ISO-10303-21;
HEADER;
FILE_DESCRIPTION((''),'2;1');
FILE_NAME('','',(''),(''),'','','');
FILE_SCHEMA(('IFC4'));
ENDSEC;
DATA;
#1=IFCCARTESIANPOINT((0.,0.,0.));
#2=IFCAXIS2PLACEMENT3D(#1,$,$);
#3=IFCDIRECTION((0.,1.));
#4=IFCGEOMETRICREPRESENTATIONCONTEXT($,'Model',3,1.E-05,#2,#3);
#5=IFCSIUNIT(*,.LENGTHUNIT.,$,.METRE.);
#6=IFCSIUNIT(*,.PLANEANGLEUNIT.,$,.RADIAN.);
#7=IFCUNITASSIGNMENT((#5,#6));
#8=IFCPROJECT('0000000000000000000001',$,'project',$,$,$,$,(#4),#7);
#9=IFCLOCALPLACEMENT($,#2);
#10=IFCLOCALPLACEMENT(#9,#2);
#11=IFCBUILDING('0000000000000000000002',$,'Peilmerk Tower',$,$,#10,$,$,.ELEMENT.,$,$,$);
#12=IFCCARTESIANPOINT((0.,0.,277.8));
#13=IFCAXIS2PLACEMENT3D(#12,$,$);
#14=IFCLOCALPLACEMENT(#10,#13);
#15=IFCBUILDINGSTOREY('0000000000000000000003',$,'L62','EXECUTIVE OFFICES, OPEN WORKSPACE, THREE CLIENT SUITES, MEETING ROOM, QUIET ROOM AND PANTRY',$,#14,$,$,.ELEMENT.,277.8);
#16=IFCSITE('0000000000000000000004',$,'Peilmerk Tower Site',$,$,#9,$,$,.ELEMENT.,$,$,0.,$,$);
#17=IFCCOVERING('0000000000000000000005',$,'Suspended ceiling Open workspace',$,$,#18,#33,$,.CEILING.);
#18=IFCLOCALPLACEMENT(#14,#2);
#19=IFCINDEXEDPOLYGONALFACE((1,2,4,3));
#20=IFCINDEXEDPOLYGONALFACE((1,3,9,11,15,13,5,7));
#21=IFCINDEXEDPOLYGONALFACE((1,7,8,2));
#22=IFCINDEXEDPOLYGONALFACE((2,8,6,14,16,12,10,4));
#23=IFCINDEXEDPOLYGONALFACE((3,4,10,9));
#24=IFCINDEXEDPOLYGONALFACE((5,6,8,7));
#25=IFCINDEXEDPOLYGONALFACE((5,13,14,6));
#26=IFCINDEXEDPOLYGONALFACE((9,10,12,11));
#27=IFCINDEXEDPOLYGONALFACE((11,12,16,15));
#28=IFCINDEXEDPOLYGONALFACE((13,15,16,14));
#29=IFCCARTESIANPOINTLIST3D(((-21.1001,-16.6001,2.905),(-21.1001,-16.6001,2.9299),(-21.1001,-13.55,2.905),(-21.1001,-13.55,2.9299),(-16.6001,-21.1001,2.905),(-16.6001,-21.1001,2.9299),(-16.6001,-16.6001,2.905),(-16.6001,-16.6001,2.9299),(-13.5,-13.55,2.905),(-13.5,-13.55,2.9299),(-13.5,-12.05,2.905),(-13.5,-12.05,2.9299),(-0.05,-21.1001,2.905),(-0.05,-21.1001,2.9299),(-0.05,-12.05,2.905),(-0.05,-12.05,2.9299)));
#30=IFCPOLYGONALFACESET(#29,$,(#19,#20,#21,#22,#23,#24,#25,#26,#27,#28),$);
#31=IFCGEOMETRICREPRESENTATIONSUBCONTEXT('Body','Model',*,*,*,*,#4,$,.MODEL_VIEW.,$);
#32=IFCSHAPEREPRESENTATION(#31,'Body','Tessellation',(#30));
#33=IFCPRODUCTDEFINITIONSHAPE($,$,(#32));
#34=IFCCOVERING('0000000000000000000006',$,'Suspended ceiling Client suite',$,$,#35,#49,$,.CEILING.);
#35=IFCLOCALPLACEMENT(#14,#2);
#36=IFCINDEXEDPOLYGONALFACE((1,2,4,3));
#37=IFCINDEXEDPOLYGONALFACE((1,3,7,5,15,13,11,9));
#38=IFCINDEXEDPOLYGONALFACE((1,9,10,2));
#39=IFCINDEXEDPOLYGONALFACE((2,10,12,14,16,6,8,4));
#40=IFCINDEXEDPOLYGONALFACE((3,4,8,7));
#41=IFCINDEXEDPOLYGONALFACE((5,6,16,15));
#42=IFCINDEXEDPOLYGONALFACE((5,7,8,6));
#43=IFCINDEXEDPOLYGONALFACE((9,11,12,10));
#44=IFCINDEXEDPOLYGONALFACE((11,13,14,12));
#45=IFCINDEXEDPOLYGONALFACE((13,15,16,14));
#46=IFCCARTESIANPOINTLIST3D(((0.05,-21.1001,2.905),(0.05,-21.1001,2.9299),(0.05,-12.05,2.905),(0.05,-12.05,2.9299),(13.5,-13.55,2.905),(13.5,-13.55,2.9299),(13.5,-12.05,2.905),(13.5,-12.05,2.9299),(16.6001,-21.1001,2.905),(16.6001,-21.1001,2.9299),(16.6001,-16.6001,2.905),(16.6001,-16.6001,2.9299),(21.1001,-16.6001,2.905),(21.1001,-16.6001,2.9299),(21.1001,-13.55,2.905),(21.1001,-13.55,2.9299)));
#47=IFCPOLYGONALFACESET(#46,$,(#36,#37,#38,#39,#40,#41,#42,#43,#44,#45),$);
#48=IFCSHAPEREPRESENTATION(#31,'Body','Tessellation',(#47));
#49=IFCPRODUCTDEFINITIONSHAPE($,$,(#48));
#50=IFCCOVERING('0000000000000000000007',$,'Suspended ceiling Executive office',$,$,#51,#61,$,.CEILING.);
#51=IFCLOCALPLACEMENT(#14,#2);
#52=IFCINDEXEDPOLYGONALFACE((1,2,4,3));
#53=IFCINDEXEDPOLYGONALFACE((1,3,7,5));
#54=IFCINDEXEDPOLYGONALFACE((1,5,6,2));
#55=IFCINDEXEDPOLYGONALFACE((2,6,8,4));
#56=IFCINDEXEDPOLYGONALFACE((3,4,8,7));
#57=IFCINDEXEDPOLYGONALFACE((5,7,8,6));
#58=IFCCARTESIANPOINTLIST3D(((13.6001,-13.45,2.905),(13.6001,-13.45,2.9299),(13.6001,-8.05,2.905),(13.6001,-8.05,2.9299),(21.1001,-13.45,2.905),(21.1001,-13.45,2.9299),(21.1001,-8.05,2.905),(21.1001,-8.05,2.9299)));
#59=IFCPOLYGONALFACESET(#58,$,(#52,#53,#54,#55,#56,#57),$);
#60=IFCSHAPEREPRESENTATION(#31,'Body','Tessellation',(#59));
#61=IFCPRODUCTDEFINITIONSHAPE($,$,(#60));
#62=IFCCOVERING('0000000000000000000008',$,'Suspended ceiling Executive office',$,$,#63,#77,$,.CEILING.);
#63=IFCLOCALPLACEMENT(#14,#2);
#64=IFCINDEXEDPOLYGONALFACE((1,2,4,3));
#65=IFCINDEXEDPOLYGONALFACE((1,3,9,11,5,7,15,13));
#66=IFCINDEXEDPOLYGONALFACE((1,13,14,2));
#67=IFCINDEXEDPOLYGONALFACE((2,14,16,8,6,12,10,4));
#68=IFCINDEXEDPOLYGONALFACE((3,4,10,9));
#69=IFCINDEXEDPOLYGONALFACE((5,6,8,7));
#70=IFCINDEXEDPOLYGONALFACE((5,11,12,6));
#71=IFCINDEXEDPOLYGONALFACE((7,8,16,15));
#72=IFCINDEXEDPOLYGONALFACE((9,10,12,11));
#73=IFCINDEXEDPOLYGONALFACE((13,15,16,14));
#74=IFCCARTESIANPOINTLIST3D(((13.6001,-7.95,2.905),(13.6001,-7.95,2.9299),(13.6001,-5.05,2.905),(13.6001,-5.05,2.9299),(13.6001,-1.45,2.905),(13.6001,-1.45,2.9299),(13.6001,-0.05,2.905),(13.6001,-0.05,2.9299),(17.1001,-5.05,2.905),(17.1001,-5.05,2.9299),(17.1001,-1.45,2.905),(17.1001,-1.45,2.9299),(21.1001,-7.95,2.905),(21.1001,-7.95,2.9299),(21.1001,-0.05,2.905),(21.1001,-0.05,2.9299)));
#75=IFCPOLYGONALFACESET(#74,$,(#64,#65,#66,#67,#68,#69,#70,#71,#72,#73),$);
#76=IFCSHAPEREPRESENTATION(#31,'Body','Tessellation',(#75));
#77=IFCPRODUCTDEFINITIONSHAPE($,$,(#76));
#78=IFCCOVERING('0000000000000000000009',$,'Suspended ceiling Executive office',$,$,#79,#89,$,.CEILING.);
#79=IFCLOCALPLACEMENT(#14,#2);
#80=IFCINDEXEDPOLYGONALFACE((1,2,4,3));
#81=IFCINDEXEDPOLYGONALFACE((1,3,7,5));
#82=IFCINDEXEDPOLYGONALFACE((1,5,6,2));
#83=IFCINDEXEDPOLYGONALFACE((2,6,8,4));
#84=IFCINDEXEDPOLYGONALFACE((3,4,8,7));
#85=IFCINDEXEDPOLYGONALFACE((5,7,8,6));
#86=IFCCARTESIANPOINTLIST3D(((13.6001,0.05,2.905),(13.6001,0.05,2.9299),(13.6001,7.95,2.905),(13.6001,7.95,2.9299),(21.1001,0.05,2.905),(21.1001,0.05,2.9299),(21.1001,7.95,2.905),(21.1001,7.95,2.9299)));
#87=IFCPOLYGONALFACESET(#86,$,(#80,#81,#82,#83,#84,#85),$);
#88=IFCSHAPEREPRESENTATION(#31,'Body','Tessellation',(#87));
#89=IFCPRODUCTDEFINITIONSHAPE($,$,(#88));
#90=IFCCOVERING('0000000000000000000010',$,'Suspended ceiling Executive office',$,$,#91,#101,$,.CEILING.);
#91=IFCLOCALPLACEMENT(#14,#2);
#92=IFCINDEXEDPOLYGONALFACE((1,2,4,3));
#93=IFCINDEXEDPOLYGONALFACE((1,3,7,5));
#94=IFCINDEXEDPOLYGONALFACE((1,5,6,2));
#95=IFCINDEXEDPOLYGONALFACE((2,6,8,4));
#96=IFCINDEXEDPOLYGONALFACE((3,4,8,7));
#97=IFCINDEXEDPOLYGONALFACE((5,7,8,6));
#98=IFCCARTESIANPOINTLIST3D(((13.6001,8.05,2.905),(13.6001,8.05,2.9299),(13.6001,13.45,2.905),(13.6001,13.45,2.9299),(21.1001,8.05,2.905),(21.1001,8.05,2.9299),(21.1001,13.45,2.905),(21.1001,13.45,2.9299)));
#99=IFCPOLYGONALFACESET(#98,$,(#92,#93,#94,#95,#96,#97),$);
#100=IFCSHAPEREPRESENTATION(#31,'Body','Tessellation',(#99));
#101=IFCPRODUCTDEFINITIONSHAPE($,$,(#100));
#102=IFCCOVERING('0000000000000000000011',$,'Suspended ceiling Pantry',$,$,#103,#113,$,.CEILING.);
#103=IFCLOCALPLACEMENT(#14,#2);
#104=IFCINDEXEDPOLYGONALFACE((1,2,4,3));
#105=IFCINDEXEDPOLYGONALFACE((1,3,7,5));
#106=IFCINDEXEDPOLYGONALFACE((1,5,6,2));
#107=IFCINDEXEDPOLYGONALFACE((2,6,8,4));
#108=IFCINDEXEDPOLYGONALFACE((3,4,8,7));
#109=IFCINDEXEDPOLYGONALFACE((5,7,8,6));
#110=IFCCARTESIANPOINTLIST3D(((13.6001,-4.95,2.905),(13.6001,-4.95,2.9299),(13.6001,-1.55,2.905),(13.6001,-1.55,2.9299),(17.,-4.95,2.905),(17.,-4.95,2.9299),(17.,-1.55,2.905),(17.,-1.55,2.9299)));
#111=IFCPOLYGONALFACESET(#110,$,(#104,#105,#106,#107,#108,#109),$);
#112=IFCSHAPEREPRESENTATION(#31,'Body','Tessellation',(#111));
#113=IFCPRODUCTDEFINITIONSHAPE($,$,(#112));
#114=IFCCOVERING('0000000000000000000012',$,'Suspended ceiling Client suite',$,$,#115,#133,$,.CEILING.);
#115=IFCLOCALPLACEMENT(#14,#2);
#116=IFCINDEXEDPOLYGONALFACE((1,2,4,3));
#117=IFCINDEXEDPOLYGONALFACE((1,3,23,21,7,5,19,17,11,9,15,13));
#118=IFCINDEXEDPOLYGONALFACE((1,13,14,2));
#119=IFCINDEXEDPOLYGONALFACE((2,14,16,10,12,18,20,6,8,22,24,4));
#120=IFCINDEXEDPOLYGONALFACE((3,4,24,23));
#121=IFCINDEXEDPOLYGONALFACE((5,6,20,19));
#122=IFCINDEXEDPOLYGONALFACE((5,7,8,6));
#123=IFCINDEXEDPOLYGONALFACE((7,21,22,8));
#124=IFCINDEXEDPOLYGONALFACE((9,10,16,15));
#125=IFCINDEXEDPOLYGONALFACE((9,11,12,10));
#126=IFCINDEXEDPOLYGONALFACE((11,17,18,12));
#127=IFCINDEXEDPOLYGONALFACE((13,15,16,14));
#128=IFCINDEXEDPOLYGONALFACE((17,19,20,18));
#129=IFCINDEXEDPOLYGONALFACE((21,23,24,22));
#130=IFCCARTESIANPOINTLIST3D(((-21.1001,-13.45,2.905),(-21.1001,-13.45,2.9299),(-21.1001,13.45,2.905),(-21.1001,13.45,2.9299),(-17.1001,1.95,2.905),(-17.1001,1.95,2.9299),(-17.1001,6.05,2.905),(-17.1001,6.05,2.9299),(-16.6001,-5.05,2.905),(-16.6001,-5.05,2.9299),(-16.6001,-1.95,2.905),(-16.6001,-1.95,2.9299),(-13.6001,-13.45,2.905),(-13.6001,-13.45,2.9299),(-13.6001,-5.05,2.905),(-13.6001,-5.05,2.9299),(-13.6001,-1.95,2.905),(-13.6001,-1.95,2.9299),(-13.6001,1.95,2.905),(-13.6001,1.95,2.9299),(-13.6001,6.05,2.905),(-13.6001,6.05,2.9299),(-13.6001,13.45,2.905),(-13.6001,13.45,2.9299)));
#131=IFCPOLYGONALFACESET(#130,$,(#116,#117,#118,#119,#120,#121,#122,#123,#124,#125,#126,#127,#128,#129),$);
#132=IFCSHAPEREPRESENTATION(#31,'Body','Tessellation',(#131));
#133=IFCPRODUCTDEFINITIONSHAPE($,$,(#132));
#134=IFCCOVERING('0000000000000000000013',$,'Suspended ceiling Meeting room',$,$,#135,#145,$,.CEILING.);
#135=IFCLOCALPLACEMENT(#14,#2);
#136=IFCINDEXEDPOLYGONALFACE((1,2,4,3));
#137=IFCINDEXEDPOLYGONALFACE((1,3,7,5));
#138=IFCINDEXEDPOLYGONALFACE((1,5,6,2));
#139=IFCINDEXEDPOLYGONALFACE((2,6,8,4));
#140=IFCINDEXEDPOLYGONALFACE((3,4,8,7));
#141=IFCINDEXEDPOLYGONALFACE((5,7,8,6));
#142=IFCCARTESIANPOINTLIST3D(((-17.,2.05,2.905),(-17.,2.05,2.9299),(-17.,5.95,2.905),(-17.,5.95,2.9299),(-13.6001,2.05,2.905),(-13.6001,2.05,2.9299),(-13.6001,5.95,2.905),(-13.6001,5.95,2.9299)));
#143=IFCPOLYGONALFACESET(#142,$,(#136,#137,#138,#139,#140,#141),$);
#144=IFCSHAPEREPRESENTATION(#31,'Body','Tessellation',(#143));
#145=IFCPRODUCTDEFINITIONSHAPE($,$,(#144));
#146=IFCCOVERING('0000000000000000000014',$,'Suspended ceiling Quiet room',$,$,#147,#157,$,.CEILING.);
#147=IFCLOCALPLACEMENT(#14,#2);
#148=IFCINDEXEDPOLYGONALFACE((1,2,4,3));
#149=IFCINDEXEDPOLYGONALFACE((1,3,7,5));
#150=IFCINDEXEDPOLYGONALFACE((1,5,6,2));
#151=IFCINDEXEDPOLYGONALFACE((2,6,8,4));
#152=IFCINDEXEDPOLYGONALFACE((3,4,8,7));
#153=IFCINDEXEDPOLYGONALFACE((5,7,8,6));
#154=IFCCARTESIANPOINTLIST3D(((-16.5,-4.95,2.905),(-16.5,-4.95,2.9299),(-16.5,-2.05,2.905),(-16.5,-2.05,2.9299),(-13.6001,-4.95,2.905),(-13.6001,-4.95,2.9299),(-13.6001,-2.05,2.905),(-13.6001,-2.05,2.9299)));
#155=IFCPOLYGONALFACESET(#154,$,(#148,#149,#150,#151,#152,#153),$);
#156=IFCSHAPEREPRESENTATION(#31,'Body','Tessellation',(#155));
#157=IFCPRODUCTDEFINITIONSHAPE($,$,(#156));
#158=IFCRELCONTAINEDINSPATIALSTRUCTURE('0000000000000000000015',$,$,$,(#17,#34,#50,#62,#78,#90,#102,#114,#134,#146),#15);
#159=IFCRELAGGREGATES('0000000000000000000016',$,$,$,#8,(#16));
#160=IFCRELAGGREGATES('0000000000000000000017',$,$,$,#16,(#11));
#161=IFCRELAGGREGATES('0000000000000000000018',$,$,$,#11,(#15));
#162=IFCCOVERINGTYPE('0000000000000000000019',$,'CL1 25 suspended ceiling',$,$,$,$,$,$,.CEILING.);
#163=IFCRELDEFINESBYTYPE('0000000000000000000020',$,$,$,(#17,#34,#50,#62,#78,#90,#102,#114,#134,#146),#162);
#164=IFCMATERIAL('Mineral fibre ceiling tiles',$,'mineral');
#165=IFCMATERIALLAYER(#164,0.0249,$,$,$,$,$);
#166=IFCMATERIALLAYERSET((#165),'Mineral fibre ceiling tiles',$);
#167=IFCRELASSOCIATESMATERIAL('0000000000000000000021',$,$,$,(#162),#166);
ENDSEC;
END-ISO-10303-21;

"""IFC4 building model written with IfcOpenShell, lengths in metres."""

from ifc_helpers import new_model, si_unit, direction, frame, origin, place, context, subcontext, project, spatial, polyline, outline, extrude, material, layer, layer_set, type_object, element, save


model = new_model("IFC4")

# Units and contexts
model_context = context("Model", 3, precision=1e-05, world=origin(), true_north=direction((0.0, 1.0)))
body_context = subcontext(model_context, "Body", "Model", "MODEL_VIEW")
ifc_project = project(units=[si_unit("LENGTHUNIT", "METRE"), si_unit("PLANEANGLEUNIT", "RADIAN")], contexts=[model_context])

# Site, building, storey
site_placement = place(None, origin())
site = spatial("IfcSite", under=ifc_project, at=site_placement, Name="Peilmerk Tower Site", CompositionType="ELEMENT", RefElevation=0.0)
building_placement = place(site_placement, origin())
building = spatial("IfcBuilding", under=site, at=building_placement, Name="Peilmerk Tower", CompositionType="ELEMENT")
storey_placement = place(building_placement, frame((0.0, 0.0, 277.8)))
storey = spatial("IfcBuildingStorey", under=building, at=storey_placement, Name="L62", Description="EXECUTIVE OFFICES, OPEN WORKSPACE, THREE CLIENT SUITES, MEETING ROOM, QUIET ROOM AND PANTRY", CompositionType="ELEMENT", Elevation=277.8)

# Coverings
ifc_material_1 = material(Name="Mineral fibre ceiling tiles", Category="mineral")
ifc_layer_1 = layer(ifc_material_1, 0.0249)
ifc_layer_set_1 = layer_set([ifc_layer_1], Name="Mineral fibre ceiling tiles")
covering_type = type_object("IfcCoveringType", Name="CL1 25 suspended ceiling", PredefinedType="CEILING", material=ifc_layer_set_1)
covering_1_placement = place(storey_placement, frame((0.0, 0.0, 2.905)))
element("IfcCovering", 1, at=covering_1_placement, inside=storey, type_object=covering_type, Name="Suspended ceiling Open workspace", PredefinedType="CEILING", context=body_context, shape_type="SweptSolid", body=[
    extrude(outline(polyline([(-16.6001, -21.1001), (-0.05, -21.1001), (-0.05, -12.05), (-13.5, -12.05), (-13.5, -13.55), (-21.1001, -13.55), (-21.1001, -16.6001), (-16.6001, -16.6001), (-16.6001, -21.1001)])), origin(), (0.0, 0.0, 1.0), 0.0249),
])
covering_2_placement = place(storey_placement, frame((0.0, 0.0, 2.905)))
element("IfcCovering", 2, at=covering_2_placement, inside=storey, type_object=covering_type, Name="Suspended ceiling Client suite", PredefinedType="CEILING", context=body_context, shape_type="SweptSolid", body=[
    extrude(outline(polyline([(0.05, -21.1001), (16.6001, -21.1001), (16.6001, -16.6001), (21.1001, -16.6001), (21.1001, -13.55), (13.5, -13.55), (13.5, -12.05), (0.05, -12.05), (0.05, -21.1001)])), origin(), (0.0, 0.0, 1.0), 0.0249),
])
covering_3_placement = place(storey_placement, frame((0.0, 0.0, 2.905)))
element("IfcCovering", 3, at=covering_3_placement, inside=storey, type_object=covering_type, Name="Suspended ceiling Executive office", PredefinedType="CEILING", context=body_context, shape_type="SweptSolid", body=[
    extrude(outline(polyline([(21.1001, -13.45), (21.1001, -8.05), (13.6001, -8.05), (13.6001, -13.45), (21.1001, -13.45)])), origin(), (0.0, 0.0, 1.0), 0.0249),
])
covering_4_placement = place(storey_placement, frame((0.0, 0.0, 2.905)))
element("IfcCovering", 4, at=covering_4_placement, inside=storey, type_object=covering_type, Name="Suspended ceiling Executive office", PredefinedType="CEILING", context=body_context, shape_type="SweptSolid", body=[
    extrude(outline(polyline([(13.6001, -7.95), (21.1001, -7.95), (21.1001, -0.05), (13.6001, -0.05), (13.6001, -1.45), (17.1001, -1.45), (17.1001, -5.05), (13.6001, -5.05), (13.6001, -7.95)])), origin(), (0.0, 0.0, 1.0), 0.0249),
])
covering_5_placement = place(storey_placement, frame((0.0, 0.0, 2.905)))
element("IfcCovering", 5, at=covering_5_placement, inside=storey, type_object=covering_type, Name="Suspended ceiling Executive office", PredefinedType="CEILING", context=body_context, shape_type="SweptSolid", body=[
    extrude(outline(polyline([(21.1001, 0.05), (21.1001, 7.95), (13.6001, 7.95), (13.6001, 0.05), (21.1001, 0.05)])), origin(), (0.0, 0.0, 1.0), 0.0249),
])
covering_6_placement = place(storey_placement, frame((0.0, 0.0, 2.905)))
element("IfcCovering", 6, at=covering_6_placement, inside=storey, type_object=covering_type, Name="Suspended ceiling Executive office", PredefinedType="CEILING", context=body_context, shape_type="SweptSolid", body=[
    extrude(outline(polyline([(21.1001, 8.05), (21.1001, 13.45), (13.6001, 13.45), (13.6001, 8.05), (21.1001, 8.05)])), origin(), (0.0, 0.0, 1.0), 0.0249),
])
covering_7_placement = place(storey_placement, frame((0.0, 0.0, 2.905)))
element("IfcCovering", 7, at=covering_7_placement, inside=storey, type_object=covering_type, Name="Suspended ceiling Pantry", PredefinedType="CEILING", context=body_context, shape_type="SweptSolid", body=[
    extrude(outline(polyline([(17.0, -4.95), (17.0, -1.55), (13.6001, -1.55), (13.6001, -4.95), (17.0, -4.95)])), origin(), (0.0, 0.0, 1.0), 0.0249),
])
covering_8_placement = place(storey_placement, frame((0.0, 0.0, 2.905)))
element("IfcCovering", 8, at=covering_8_placement, inside=storey, type_object=covering_type, Name="Suspended ceiling Client suite", PredefinedType="CEILING", context=body_context, shape_type="SweptSolid", body=[
    extrude(outline(polyline([(-13.6001, 13.45), (-21.1001, 13.45), (-21.1001, -13.45), (-13.6001, -13.45), (-13.6001, -5.05), (-16.6001, -5.05), (-16.6001, -1.95), (-13.6001, -1.95), (-13.6001, 1.95), (-17.1001, 1.95), (-17.1001, 6.05), (-13.6001, 6.05), (-13.6001, 13.45)])), origin(), (0.0, 0.0, 1.0), 0.0249),
])
covering_9_placement = place(storey_placement, frame((0.0, 0.0, 2.905)))
element("IfcCovering", 9, at=covering_9_placement, inside=storey, type_object=covering_type, Name="Suspended ceiling Meeting room", PredefinedType="CEILING", context=body_context, shape_type="SweptSolid", body=[
    extrude(outline(polyline([(-13.6001, 2.05), (-13.6001, 5.95), (-17.0, 5.95), (-17.0, 2.05), (-13.6001, 2.05)])), origin(), (0.0, 0.0, 1.0), 0.0249),
])
covering_10_placement = place(storey_placement, frame((0.0, 0.0, 2.905)))
element("IfcCovering", 10, at=covering_10_placement, inside=storey, type_object=covering_type, Name="Suspended ceiling Quiet room", PredefinedType="CEILING", context=body_context, shape_type="SweptSolid", body=[
    extrude(outline(polyline([(-13.6001, -4.95), (-13.6001, -2.05), (-16.5, -2.05), (-16.5, -4.95), (-13.6001, -4.95)])), origin(), (0.0, 0.0, 1.0), 0.0249),
])

save(model, "model.ifc")
